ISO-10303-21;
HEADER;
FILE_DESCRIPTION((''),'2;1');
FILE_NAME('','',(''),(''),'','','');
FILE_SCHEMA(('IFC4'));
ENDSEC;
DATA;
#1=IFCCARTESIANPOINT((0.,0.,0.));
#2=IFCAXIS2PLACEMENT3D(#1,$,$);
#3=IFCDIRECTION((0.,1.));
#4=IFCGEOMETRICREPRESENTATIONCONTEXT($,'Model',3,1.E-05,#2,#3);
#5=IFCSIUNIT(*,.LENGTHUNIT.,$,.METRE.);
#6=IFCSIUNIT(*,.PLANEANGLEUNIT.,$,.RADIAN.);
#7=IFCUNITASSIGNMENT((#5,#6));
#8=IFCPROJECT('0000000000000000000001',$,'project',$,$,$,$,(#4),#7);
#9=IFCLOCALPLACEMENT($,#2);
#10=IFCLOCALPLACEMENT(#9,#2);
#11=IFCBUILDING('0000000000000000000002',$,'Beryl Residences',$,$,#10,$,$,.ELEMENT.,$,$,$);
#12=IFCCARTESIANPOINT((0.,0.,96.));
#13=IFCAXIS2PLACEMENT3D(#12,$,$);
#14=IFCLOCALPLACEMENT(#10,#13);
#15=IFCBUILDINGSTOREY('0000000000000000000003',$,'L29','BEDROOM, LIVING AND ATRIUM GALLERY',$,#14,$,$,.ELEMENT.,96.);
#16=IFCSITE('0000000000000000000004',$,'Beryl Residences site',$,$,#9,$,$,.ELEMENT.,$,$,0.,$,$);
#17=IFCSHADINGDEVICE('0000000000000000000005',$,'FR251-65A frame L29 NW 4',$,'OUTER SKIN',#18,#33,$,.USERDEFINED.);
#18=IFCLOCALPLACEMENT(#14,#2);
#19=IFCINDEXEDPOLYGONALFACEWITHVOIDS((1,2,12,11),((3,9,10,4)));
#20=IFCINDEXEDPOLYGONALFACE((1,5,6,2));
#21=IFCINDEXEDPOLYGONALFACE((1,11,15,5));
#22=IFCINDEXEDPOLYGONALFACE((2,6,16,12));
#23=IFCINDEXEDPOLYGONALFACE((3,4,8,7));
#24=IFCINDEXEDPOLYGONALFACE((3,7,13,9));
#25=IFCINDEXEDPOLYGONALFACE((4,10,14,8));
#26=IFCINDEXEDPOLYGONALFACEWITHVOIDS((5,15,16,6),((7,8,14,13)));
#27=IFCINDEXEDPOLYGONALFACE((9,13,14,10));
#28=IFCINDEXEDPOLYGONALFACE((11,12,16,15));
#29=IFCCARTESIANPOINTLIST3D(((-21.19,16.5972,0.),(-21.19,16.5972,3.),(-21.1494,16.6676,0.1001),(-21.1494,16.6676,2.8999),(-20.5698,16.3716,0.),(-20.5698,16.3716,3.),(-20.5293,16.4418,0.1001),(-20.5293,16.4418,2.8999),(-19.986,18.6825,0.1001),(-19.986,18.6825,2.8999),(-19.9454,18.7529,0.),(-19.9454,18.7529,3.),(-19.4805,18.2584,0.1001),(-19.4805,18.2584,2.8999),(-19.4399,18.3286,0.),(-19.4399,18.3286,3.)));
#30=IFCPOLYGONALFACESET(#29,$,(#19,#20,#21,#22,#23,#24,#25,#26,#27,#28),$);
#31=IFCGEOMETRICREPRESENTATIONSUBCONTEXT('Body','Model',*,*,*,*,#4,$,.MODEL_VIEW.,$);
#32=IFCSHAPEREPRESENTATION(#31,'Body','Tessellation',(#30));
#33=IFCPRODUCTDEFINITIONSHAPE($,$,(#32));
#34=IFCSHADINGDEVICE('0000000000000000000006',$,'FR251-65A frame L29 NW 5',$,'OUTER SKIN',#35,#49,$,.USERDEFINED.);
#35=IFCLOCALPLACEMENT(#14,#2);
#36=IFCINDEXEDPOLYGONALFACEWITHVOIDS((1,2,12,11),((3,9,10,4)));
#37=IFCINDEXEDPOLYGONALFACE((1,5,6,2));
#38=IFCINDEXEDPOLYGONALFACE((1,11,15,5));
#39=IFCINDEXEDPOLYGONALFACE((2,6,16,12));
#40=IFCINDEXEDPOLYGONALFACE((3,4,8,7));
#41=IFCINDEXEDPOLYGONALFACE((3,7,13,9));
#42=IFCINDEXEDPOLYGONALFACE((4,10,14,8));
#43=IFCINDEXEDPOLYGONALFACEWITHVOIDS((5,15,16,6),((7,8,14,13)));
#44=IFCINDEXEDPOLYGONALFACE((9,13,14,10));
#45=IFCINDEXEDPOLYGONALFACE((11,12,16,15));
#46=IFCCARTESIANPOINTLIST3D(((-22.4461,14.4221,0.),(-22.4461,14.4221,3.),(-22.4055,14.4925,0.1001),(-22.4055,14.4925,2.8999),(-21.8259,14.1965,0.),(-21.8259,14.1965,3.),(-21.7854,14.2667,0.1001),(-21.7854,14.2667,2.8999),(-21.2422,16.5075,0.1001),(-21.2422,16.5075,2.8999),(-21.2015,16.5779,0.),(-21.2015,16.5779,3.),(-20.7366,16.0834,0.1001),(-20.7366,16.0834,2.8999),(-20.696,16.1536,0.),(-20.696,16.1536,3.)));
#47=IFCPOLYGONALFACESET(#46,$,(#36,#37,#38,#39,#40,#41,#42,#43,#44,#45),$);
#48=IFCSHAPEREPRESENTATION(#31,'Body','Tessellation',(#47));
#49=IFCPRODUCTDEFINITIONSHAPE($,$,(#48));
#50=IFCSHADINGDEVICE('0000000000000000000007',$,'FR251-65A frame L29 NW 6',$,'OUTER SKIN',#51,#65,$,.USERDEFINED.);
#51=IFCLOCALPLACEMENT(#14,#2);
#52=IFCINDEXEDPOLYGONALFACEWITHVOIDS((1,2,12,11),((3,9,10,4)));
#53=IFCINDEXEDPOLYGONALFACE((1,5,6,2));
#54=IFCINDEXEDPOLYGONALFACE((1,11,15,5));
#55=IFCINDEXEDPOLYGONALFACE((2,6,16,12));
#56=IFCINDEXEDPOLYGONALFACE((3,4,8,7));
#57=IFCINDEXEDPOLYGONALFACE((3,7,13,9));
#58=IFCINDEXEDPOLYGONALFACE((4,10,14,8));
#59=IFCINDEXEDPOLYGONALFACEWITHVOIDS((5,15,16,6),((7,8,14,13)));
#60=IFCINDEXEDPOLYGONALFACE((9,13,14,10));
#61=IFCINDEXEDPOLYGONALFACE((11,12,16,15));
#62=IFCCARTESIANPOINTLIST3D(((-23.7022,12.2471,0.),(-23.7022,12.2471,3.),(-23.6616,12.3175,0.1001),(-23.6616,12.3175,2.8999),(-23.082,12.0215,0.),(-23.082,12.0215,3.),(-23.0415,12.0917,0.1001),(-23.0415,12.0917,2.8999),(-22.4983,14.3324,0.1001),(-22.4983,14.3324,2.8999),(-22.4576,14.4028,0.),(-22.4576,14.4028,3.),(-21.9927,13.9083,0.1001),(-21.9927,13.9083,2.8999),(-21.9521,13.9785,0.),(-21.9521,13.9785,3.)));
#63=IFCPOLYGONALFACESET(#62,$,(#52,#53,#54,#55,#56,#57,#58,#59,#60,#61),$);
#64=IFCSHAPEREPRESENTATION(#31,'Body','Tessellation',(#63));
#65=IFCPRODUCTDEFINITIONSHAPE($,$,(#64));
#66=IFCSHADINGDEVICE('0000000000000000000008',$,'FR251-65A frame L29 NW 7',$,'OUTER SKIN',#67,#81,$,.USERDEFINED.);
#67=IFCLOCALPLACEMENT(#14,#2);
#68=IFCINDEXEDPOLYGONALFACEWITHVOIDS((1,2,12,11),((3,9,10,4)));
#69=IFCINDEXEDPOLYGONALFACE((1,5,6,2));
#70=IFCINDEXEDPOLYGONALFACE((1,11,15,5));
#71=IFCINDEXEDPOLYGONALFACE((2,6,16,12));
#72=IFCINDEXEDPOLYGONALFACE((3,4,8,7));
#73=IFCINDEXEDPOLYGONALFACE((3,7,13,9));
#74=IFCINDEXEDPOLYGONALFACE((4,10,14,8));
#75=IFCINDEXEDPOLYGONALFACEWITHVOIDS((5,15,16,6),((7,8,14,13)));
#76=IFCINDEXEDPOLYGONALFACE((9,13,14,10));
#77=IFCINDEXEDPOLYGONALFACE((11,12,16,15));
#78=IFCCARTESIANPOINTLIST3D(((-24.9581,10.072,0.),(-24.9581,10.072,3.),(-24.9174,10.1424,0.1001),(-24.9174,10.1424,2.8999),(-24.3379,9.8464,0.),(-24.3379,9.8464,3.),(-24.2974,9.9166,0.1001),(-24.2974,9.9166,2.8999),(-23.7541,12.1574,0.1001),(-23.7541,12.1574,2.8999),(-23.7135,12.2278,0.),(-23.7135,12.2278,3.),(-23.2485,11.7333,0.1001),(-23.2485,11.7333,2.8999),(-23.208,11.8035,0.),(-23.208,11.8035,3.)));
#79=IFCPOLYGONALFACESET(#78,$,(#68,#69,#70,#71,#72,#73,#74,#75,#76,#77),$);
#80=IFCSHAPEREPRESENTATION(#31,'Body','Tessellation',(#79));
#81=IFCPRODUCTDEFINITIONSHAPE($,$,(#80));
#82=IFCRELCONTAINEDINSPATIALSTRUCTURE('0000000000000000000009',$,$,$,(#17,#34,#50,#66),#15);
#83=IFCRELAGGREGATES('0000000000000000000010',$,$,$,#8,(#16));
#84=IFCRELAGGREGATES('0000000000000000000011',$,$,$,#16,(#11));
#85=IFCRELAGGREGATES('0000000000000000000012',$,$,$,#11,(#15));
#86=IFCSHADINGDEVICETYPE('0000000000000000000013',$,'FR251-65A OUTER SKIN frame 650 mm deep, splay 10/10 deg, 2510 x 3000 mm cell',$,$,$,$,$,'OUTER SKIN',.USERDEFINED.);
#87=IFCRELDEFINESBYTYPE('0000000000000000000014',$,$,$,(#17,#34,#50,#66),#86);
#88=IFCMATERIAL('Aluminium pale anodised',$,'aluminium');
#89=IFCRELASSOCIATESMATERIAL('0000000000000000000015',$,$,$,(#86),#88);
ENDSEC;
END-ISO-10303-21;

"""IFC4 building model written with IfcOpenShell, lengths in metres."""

from ifc_helpers import new_model, entity, si_unit, direction, frame, origin, place, context, subcontext, project, spatial, source, transform, mapped, material, type_object, type_shapes, element, save


model = new_model("IFC4")

# Units and contexts
model_context = context("Model", 3, precision=1e-05, world=origin(), true_north=direction((0.0, 1.0)))
body_context = subcontext(model_context, "Body", "Model", "MODEL_VIEW")
ifc_project = project(units=[si_unit("LENGTHUNIT", "METRE"), si_unit("PLANEANGLEUNIT", "RADIAN")], contexts=[model_context])

# Site, building, storey
site_placement = place(None, origin())
site = spatial("IfcSite", under=ifc_project, at=site_placement, Name="Beryl Residences site", CompositionType="ELEMENT", RefElevation=0.0)
building_placement = place(site_placement, origin())
building = spatial("IfcBuilding", under=site, at=building_placement, Name="Beryl Residences", CompositionType="ELEMENT")
storey_placement = place(building_placement, frame((0.0, 0.0, 96.0)))
storey = spatial("IfcBuildingStorey", under=building, at=storey_placement, Name="L29", Description="BEDROOM, LIVING AND ATRIUM GALLERY", CompositionType="ELEMENT", Elevation=96.0)

# Shading devices
ifc_material_1 = material(Name="Aluminium pale anodised", Category="aluminium")
shading_device_type = type_object("IfcShadingDeviceType", Name="FR251-65A OUTER SKIN frame 650 mm deep, splay 10/10 deg, 2510 x 3000 mm cell", ElementType="OUTER SKIN", PredefinedType="USERDEFINED", material=ifc_material_1)
cartesian_point_1 = entity("IfcCartesianPoint", [-1.1299, 0.0])
cartesian_point_2 = entity("IfcCartesianPoint", [-1.0488, 0.1001])
cartesian_point_3 = entity("IfcCartesianPoint", [-1.2446, 0.0])
cartesian_point_4 = entity("IfcCartesianPoint", [-1.1633, 0.1001])
shared_shape = source(origin(), body_context, "Body", "SweptSolid", [
    entity("IfcExtrudedAreaSolidTapered", entity("IfcArbitraryProfileDefWithVoids", "AREA", None, entity("IfcPolyline", [cartesian_point_1, entity("IfcCartesianPoint", [1.1299, 0.0]), entity("IfcCartesianPoint", [1.1299, 3.0]), entity("IfcCartesianPoint", [-1.1299, 3.0]), cartesian_point_1]), [entity("IfcPolyline", [cartesian_point_2, entity("IfcCartesianPoint", [1.0488, 0.1001]), entity("IfcCartesianPoint", [1.0488, 2.8999]), entity("IfcCartesianPoint", [-1.0488, 2.8999]), cartesian_point_2])]), entity("IfcAxis2Placement3D", entity("IfcCartesianPoint", [0.0, 0.0, 0.0]), entity("IfcDirection", [0.0, 1.0, 0.0]), entity("IfcDirection", [-1.0, 0.0, 0.0])), entity("IfcDirection", [0.0, 0.0, 1.0]), 0.6499, entity("IfcArbitraryProfileDefWithVoids", "AREA", None, entity("IfcPolyline", [cartesian_point_3, entity("IfcCartesianPoint", [1.2446, 0.0]), entity("IfcCartesianPoint", [1.2446, 3.0]), entity("IfcCartesianPoint", [-1.2446, 3.0]), cartesian_point_3]), [entity("IfcPolyline", [cartesian_point_4, entity("IfcCartesianPoint", [1.1633, 0.1001]), entity("IfcCartesianPoint", [1.1633, 2.8999]), entity("IfcCartesianPoint", [-1.1633, 2.8999]), cartesian_point_4])])),
])
type_shapes(shading_device_type, [shared_shape])
for number, where, z_axis, x_axis, name in (
    (1, (-20.0049, 17.3501, 0.0), (0.0, 0.0, 1.0), (0.5, 0.866025, 0.0), "FR251-65A frame L29 NW 4"),
    (2, (-21.261, 15.175, 0.0), (0.0, 0.0, 1.0), (0.5, 0.866025, 0.0), "FR251-65A frame L29 NW 5"),
    (3, (-22.5171, 13.0, 0.0), (0.0, 0.0, 1.0), (0.5, 0.866025, 0.0), "FR251-65A frame L29 NW 6"),
    (4, (-23.7729, 10.825, 0.0), (0.0, 0.0, 1.0), (0.5, 0.866025, 0.0), "FR251-65A frame L29 NW 7"),
):
    element("IfcShadingDevice", number, at=place(storey_placement, frame(where, z_axis=z_axis, x_axis=x_axis)), inside=storey, type_object=shading_device_type, Name=name, ObjectType="OUTER SKIN", PredefinedType="USERDEFINED", context=body_context, shape_type="MappedRepresentation", body=[
        mapped(shared_shape, transform((0.0, 0.0, 0.0))),
    ])

save(model, "model.ifc")
